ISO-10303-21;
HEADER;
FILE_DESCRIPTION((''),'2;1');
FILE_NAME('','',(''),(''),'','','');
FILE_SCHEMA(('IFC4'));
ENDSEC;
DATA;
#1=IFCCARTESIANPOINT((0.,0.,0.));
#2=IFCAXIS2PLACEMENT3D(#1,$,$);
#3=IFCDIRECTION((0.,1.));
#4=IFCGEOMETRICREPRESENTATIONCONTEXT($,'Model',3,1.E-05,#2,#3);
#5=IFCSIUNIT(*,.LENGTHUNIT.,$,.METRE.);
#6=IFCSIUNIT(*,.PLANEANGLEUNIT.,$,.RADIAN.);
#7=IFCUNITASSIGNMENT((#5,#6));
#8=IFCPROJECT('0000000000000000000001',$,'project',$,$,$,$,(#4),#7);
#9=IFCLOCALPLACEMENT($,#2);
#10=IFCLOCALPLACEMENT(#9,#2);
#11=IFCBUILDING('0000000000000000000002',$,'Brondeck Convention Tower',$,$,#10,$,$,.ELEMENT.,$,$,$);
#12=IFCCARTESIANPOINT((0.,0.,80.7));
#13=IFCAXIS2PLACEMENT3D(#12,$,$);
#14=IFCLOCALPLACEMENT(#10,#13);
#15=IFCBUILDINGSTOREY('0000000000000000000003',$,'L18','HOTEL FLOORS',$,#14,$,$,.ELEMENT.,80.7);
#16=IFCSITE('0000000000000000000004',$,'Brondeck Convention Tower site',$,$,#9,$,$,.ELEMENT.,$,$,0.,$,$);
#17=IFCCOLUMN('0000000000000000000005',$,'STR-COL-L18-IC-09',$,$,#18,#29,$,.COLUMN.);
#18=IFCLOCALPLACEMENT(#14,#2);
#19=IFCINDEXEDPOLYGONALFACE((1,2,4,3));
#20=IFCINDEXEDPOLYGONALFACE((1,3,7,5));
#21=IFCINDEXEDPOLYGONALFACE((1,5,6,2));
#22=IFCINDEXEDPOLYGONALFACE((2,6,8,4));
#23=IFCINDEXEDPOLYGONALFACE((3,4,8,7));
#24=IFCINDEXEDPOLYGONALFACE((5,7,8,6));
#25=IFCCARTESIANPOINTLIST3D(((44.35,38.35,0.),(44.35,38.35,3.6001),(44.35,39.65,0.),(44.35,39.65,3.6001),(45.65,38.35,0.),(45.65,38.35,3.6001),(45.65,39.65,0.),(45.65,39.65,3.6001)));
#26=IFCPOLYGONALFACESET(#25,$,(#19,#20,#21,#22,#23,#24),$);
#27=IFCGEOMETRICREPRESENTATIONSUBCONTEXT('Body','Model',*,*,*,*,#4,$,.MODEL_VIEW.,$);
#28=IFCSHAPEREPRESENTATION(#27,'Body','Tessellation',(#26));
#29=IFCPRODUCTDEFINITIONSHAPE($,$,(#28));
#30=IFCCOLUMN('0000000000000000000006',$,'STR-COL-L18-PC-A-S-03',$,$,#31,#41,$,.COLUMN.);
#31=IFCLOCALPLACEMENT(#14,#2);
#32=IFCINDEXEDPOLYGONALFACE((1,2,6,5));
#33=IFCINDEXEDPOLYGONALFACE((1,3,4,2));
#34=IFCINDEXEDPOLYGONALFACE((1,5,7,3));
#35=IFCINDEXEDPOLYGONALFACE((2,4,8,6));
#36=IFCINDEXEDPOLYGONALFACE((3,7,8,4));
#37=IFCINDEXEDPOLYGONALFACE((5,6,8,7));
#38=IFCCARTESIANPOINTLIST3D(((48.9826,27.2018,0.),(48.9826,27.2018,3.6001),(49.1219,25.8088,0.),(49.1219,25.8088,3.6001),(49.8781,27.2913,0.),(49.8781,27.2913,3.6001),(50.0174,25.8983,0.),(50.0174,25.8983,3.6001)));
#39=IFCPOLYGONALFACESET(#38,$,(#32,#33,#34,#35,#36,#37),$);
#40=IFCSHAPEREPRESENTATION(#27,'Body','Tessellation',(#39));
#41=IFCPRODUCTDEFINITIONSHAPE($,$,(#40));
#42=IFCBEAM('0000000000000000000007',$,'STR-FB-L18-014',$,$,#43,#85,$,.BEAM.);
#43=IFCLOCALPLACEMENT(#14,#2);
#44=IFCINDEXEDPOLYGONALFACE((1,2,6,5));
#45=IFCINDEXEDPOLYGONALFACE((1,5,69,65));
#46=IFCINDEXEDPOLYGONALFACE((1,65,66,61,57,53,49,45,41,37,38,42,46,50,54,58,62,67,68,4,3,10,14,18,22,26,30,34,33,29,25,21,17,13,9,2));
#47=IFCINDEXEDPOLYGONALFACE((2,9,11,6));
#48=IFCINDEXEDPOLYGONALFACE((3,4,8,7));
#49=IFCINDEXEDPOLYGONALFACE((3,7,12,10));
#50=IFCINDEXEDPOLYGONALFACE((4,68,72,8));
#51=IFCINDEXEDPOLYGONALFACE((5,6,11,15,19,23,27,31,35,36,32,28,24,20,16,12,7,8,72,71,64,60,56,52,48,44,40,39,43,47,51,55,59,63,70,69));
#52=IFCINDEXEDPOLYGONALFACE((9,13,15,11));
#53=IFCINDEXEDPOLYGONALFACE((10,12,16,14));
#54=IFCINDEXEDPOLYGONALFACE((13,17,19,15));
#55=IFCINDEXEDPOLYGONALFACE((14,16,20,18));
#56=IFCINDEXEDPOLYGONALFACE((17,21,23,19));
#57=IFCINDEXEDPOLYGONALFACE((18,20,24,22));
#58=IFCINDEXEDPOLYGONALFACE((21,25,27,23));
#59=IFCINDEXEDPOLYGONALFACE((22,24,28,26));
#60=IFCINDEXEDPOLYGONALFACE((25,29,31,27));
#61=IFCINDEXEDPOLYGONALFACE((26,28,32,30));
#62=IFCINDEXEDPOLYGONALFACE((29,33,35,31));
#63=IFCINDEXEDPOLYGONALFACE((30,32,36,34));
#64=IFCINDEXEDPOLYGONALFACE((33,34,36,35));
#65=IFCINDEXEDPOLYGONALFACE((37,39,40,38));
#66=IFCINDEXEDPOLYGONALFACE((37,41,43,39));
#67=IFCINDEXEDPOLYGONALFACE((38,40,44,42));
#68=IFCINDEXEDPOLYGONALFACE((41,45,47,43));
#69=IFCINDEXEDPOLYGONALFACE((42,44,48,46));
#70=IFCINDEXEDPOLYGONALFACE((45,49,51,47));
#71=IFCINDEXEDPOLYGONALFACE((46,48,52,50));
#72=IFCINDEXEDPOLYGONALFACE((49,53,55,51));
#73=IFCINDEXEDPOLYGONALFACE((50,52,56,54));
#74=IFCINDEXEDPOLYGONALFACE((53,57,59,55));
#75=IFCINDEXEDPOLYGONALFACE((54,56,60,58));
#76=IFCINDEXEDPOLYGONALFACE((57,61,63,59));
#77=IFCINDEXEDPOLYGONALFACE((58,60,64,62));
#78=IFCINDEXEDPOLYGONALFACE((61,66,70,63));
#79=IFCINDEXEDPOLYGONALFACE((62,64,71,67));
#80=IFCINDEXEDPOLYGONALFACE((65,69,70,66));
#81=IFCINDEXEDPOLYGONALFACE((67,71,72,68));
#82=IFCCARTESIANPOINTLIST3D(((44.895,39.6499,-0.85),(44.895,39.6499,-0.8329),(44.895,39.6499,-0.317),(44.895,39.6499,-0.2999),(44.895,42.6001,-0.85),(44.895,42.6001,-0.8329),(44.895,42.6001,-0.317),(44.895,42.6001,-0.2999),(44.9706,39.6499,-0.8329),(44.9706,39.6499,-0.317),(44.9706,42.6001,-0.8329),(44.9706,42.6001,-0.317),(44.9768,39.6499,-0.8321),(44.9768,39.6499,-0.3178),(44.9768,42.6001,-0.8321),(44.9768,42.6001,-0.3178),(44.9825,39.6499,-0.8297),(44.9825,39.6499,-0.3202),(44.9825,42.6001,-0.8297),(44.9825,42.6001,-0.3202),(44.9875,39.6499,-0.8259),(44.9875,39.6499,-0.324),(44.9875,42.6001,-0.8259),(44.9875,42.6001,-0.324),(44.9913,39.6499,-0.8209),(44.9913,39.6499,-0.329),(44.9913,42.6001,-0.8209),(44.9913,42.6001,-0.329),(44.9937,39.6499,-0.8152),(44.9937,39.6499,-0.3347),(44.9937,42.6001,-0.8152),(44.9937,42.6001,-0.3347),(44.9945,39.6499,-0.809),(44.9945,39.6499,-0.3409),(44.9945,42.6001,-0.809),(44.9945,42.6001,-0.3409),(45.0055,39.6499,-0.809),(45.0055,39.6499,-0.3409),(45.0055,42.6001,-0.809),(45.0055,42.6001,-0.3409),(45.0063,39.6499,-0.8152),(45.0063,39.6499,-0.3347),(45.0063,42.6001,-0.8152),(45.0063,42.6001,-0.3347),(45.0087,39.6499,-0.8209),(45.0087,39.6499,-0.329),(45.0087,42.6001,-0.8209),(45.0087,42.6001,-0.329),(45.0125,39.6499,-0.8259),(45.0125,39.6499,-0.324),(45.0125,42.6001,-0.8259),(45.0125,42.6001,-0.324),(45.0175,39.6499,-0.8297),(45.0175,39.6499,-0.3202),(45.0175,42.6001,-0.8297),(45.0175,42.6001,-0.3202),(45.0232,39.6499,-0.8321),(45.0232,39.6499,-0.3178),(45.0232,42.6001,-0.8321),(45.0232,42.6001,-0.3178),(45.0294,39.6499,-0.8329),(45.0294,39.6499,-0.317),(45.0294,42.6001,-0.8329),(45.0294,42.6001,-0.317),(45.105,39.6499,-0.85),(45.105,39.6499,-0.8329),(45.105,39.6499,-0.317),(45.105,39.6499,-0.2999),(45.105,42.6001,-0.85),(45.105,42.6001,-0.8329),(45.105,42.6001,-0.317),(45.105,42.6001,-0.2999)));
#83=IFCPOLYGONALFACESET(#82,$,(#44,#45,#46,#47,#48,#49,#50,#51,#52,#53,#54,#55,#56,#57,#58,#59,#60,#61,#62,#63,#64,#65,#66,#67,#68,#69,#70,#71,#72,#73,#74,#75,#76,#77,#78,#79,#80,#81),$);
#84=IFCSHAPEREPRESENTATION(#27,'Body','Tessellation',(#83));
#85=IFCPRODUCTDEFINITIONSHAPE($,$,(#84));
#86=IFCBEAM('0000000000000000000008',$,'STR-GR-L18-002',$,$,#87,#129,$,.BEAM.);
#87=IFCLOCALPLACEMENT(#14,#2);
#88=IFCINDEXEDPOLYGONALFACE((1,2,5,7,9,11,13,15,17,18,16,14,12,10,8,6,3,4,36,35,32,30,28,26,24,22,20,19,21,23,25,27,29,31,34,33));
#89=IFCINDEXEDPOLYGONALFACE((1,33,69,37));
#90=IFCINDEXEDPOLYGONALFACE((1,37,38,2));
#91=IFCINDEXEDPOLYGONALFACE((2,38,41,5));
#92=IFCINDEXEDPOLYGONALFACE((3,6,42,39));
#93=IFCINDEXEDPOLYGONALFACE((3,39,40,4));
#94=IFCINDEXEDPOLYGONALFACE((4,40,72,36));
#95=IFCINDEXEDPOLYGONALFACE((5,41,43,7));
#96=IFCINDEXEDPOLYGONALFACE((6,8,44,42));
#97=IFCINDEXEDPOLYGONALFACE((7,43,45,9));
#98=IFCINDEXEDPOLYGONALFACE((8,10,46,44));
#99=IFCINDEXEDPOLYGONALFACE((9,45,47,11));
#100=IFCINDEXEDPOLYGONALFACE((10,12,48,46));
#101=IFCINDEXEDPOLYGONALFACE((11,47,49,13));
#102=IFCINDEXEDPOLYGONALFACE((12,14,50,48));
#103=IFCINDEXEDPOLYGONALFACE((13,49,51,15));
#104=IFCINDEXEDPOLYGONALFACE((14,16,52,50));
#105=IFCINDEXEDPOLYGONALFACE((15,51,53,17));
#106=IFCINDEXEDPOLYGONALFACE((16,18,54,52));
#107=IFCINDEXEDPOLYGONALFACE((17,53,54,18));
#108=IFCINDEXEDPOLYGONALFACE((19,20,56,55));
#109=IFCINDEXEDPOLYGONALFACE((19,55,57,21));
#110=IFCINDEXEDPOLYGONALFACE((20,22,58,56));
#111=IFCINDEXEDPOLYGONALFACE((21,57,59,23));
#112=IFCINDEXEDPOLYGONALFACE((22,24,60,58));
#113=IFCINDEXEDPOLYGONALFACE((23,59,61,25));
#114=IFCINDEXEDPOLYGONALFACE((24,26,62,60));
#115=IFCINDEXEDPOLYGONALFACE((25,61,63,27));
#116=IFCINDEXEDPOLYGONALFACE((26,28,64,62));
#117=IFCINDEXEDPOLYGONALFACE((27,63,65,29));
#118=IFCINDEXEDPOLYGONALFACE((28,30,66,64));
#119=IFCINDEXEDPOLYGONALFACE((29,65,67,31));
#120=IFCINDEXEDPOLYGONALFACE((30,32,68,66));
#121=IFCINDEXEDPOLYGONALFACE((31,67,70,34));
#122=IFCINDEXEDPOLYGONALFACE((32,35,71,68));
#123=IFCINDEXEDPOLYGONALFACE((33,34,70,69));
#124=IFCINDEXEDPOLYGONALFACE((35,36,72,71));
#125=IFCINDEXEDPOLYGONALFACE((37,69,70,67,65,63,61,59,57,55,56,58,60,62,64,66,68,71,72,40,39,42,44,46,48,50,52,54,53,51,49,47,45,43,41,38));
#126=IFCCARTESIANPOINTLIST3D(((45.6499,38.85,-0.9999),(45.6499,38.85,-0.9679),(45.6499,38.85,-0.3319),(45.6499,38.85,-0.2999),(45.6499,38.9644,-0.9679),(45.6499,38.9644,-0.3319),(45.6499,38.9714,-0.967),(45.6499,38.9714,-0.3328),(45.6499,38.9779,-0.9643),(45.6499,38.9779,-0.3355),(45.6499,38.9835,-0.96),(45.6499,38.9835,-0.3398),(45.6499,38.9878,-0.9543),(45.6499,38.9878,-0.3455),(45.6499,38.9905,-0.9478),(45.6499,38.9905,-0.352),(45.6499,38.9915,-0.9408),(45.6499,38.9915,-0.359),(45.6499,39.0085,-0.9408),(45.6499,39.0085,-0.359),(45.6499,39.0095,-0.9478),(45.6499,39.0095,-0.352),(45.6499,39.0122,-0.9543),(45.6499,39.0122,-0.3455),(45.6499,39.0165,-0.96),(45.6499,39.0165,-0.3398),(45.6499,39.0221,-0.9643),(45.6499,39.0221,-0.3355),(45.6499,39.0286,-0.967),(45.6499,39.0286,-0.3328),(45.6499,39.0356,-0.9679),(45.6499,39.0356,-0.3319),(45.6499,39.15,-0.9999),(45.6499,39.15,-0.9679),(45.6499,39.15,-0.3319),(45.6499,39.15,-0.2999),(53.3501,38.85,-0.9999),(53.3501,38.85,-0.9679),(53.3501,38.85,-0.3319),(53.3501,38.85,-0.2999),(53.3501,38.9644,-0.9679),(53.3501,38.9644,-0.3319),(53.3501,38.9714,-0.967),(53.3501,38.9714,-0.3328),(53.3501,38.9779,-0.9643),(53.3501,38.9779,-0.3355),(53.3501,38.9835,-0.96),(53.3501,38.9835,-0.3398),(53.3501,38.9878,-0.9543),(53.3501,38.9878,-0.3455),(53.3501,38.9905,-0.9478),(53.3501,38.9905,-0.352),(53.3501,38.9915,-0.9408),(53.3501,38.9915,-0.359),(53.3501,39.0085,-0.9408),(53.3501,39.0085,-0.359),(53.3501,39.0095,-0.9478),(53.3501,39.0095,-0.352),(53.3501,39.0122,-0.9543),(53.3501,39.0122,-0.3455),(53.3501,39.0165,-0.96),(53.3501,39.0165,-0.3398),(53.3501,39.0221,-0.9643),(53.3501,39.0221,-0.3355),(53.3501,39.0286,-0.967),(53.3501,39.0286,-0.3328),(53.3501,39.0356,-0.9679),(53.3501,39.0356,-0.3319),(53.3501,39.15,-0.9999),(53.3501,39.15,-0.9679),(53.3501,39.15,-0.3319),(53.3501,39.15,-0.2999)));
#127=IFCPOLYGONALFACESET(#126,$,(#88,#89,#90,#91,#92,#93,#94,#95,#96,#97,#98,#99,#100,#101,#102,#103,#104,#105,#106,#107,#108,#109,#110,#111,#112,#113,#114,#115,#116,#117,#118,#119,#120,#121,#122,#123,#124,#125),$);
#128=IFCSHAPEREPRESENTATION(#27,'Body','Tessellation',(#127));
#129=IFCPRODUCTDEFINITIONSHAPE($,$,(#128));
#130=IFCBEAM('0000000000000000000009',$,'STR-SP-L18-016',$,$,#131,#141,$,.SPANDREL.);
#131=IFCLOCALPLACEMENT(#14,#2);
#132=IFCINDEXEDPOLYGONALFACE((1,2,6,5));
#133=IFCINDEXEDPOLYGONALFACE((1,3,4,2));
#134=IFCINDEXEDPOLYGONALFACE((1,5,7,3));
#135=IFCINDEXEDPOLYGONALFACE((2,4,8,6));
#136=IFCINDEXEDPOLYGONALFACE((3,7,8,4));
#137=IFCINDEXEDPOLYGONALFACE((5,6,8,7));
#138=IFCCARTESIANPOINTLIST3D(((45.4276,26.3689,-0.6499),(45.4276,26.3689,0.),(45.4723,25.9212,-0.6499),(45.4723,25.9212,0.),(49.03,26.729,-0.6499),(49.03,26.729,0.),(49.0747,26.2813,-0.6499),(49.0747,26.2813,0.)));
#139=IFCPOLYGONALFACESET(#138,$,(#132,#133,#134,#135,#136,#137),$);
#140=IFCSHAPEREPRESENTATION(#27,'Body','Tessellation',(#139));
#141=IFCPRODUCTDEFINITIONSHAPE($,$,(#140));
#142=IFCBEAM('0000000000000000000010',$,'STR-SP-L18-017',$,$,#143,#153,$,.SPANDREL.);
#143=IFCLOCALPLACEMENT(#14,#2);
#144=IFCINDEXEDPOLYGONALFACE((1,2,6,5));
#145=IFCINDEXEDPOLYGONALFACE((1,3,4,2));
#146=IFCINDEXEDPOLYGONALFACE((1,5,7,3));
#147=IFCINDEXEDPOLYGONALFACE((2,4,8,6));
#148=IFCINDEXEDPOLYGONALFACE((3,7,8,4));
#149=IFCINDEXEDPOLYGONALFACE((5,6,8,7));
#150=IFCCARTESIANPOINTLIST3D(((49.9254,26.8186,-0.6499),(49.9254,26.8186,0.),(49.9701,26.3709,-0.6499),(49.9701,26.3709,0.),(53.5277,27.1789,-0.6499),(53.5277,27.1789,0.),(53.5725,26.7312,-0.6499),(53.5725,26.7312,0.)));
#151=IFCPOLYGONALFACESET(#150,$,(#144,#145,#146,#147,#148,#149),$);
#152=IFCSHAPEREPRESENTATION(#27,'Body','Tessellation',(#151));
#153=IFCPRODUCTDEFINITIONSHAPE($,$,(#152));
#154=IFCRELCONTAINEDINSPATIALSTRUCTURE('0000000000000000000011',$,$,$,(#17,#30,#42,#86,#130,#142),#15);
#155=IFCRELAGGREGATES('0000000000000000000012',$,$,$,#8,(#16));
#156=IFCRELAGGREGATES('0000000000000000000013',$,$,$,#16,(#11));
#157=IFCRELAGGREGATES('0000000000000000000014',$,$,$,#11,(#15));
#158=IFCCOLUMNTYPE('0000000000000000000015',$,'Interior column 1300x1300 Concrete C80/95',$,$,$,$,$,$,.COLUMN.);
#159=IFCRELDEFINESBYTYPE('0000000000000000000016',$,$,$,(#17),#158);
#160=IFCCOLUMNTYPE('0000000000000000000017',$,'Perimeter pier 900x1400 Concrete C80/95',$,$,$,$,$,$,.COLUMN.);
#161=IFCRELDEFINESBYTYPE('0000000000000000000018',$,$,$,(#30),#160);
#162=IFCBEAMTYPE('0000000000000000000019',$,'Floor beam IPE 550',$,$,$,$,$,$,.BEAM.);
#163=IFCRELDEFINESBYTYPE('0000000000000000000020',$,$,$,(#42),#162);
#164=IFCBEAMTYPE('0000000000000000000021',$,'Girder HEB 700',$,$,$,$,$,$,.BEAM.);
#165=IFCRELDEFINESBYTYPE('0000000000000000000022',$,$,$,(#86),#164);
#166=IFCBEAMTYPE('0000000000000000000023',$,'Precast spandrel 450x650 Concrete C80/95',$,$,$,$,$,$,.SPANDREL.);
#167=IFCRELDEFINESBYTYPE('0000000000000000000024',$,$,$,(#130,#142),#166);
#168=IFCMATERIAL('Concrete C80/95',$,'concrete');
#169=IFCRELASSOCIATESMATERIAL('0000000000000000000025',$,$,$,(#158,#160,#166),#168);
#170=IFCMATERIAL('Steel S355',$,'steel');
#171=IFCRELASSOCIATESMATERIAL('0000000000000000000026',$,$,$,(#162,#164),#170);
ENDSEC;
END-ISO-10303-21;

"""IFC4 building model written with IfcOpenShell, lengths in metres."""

from ifc_helpers import new_model, si_unit, direction, frame, origin, origin_2d, place, context, subcontext, project, spatial, rectangle, i_section, extrude, material, material_profile, profile_set, type_object, element, save


model = new_model("IFC4")

# Units and contexts
model_context = context("Model", 3, precision=1e-05, world=origin(), true_north=direction((0.0, 1.0)))
body_context = subcontext(model_context, "Body", "Model", "MODEL_VIEW")
ifc_project = project(units=[si_unit("LENGTHUNIT", "METRE"), si_unit("PLANEANGLEUNIT", "RADIAN")], contexts=[model_context])

# Site, building, storey
site_placement = place(None, origin())
site = spatial("IfcSite", under=ifc_project, at=site_placement, Name="Brondeck Convention Tower site", CompositionType="ELEMENT", RefElevation=0.0)
building_placement = place(site_placement, origin())
building = spatial("IfcBuilding", under=site, at=building_placement, Name="Brondeck Convention Tower", CompositionType="ELEMENT")
storey_placement = place(building_placement, frame((0.0, 0.0, 80.7)))
storey = spatial("IfcBuildingStorey", under=building, at=storey_placement, Name="L18", Description="HOTEL FLOORS", CompositionType="ELEMENT", Elevation=80.7)

# Columns
ifc_material_1 = material(Name="Concrete C80/95", Category="concrete")
ifc_material_profile_1 = material_profile(ifc_material_1, rectangle(XDim=1.3, YDim=1.3, at=origin_2d()), Name="Interior column 1300x1300 Concrete C80/95")
ifc_profile_set_1 = profile_set([ifc_material_profile_1], Name="Concrete C80/95")
column_type_1 = type_object("IfcColumnType", Name="Interior column 1300x1300 Concrete C80/95", PredefinedType="COLUMN", material=ifc_profile_set_1)
column_1_placement = place(storey_placement, frame((45.0, 39.0, 0.0), z_axis=(0.0, 0.0, 1.0), x_axis=(1.0, 0.0, 0.0)))
element("IfcColumn", 1, at=column_1_placement, inside=storey, type_object=column_type_1, Name="STR-COL-L18-IC-09", PredefinedType="COLUMN", context=body_context, shape_type="SweptSolid", body=[
    extrude(rectangle(XDim=1.3, YDim=1.3, at=origin_2d()), origin(), (0.0, 0.0, 1.0), 3.6001),
])
ifc_material_profile_2 = material_profile(ifc_material_1, rectangle(XDim=0.8999, YDim=1.3999, at=origin_2d()), Name="Perimeter pier 900x1400 Concrete C80/95")
ifc_profile_set_2 = profile_set([ifc_material_profile_2], Name="Concrete C80/95")
column_type_2 = type_object("IfcColumnType", Name="Perimeter pier 900x1400 Concrete C80/95", PredefinedType="COLUMN", material=ifc_profile_set_2)
column_2_placement = place(storey_placement, frame((49.5, 26.55, 0.0), z_axis=(0.0, 0.0, 1.0), x_axis=(0.995037, 0.099504, 0.0)))
element("IfcColumn", 2, at=column_2_placement, inside=storey, type_object=column_type_2, Name="STR-COL-L18-PC-A-S-03", PredefinedType="COLUMN", context=body_context, shape_type="SweptSolid", body=[
    extrude(rectangle(XDim=0.8999, YDim=1.3999, at=origin_2d()), origin(), (0.0, 0.0, 1.0), 3.6001),
])

# Beams
ifc_material_2 = material(Name="Steel S355", Category="steel")
ifc_material_profile_3 = material_profile(ifc_material_2, i_section(OverallWidth=0.21, OverallDepth=0.55, WebThickness=0.011, FlangeThickness=0.0171, FilletRadius=0.0239, at=origin_2d()), Name="IPE 550")
ifc_profile_set_3 = profile_set([ifc_material_profile_3], Name="Steel S355")
beam_type_1 = type_object("IfcBeamType", Name="Floor beam IPE 550", PredefinedType="BEAM", material=ifc_profile_set_3)
beam_1_placement = place(storey_placement, frame((45.0, 39.6499, -0.575), z_axis=(0.0, 1.0, 0.0), x_axis=(-1.0, 0.0, 0.0)))
element("IfcBeam", 3, at=beam_1_placement, inside=storey, type_object=beam_type_1, Name="STR-FB-L18-014", PredefinedType="BEAM", context=body_context, shape_type="SweptSolid", body=[
    extrude(i_section(OverallWidth=0.21, OverallDepth=0.55, WebThickness=0.011, FlangeThickness=0.0171, FilletRadius=0.0239, at=origin_2d()), origin(), (0.0, 0.0, 1.0), 2.9502),
])
ifc_material_profile_4 = material_profile(ifc_material_2, i_section(OverallWidth=0.3, OverallDepth=0.7, WebThickness=0.0171, FlangeThickness=0.032, FilletRadius=0.0271, at=origin_2d()), Name="HEB 700")
ifc_profile_set_4 = profile_set([ifc_material_profile_4], Name="Steel S355")
beam_type_2 = type_object("IfcBeamType", Name="Girder HEB 700", PredefinedType="BEAM", material=ifc_profile_set_4)
beam_2_placement = place(storey_placement, frame((45.6499, 39.0, -0.6499), z_axis=(1.0, 0.0, 0.0), x_axis=(0.0, 1.0, 0.0)))
element("IfcBeam", 4, at=beam_2_placement, inside=storey, type_object=beam_type_2, Name="STR-GR-L18-002", PredefinedType="BEAM", context=body_context, shape_type="SweptSolid", body=[
    extrude(i_section(OverallWidth=0.3, OverallDepth=0.7, WebThickness=0.0171, FlangeThickness=0.032, FilletRadius=0.0271, at=origin_2d()), origin(), (0.0, 0.0, 1.0), 7.7002),
])
ifc_material_profile_5 = material_profile(ifc_material_1, rectangle(XDim=0.45, YDim=0.6499, at=origin_2d()), Name="Precast spandrel 450x650 Concrete C80/95")
ifc_profile_set_5 = profile_set([ifc_material_profile_5], Name="Concrete C80/95")
beam_type_3 = type_object("IfcBeamType", Name="Precast spandrel 450x650 Concrete C80/95", PredefinedType="SPANDREL", material=ifc_profile_set_5)
for number, where, z_axis, x_axis, name in (
    (5, (45.45, 26.145, -0.325), (0.995041, 0.09947, 0.0), (-0.09947, 0.995041, 0.0), "STR-SP-L18-016"),
    (6, (49.9478, 26.5947, -0.325), (0.995034, 0.099537, 0.0), (-0.099537, 0.995034, 0.0), "STR-SP-L18-017"),
):
    element("IfcBeam", number, at=place(storey_placement, frame(where, z_axis=z_axis, x_axis=x_axis)), inside=storey, type_object=beam_type_3, Name=name, PredefinedType="SPANDREL", context=body_context, shape_type="SweptSolid", body=[
        extrude(rectangle(XDim=0.45, YDim=0.6499, at=origin_2d()), origin(), (0.0, 0.0, 1.0), 3.6204),
    ])

save(model, "model.ifc")
